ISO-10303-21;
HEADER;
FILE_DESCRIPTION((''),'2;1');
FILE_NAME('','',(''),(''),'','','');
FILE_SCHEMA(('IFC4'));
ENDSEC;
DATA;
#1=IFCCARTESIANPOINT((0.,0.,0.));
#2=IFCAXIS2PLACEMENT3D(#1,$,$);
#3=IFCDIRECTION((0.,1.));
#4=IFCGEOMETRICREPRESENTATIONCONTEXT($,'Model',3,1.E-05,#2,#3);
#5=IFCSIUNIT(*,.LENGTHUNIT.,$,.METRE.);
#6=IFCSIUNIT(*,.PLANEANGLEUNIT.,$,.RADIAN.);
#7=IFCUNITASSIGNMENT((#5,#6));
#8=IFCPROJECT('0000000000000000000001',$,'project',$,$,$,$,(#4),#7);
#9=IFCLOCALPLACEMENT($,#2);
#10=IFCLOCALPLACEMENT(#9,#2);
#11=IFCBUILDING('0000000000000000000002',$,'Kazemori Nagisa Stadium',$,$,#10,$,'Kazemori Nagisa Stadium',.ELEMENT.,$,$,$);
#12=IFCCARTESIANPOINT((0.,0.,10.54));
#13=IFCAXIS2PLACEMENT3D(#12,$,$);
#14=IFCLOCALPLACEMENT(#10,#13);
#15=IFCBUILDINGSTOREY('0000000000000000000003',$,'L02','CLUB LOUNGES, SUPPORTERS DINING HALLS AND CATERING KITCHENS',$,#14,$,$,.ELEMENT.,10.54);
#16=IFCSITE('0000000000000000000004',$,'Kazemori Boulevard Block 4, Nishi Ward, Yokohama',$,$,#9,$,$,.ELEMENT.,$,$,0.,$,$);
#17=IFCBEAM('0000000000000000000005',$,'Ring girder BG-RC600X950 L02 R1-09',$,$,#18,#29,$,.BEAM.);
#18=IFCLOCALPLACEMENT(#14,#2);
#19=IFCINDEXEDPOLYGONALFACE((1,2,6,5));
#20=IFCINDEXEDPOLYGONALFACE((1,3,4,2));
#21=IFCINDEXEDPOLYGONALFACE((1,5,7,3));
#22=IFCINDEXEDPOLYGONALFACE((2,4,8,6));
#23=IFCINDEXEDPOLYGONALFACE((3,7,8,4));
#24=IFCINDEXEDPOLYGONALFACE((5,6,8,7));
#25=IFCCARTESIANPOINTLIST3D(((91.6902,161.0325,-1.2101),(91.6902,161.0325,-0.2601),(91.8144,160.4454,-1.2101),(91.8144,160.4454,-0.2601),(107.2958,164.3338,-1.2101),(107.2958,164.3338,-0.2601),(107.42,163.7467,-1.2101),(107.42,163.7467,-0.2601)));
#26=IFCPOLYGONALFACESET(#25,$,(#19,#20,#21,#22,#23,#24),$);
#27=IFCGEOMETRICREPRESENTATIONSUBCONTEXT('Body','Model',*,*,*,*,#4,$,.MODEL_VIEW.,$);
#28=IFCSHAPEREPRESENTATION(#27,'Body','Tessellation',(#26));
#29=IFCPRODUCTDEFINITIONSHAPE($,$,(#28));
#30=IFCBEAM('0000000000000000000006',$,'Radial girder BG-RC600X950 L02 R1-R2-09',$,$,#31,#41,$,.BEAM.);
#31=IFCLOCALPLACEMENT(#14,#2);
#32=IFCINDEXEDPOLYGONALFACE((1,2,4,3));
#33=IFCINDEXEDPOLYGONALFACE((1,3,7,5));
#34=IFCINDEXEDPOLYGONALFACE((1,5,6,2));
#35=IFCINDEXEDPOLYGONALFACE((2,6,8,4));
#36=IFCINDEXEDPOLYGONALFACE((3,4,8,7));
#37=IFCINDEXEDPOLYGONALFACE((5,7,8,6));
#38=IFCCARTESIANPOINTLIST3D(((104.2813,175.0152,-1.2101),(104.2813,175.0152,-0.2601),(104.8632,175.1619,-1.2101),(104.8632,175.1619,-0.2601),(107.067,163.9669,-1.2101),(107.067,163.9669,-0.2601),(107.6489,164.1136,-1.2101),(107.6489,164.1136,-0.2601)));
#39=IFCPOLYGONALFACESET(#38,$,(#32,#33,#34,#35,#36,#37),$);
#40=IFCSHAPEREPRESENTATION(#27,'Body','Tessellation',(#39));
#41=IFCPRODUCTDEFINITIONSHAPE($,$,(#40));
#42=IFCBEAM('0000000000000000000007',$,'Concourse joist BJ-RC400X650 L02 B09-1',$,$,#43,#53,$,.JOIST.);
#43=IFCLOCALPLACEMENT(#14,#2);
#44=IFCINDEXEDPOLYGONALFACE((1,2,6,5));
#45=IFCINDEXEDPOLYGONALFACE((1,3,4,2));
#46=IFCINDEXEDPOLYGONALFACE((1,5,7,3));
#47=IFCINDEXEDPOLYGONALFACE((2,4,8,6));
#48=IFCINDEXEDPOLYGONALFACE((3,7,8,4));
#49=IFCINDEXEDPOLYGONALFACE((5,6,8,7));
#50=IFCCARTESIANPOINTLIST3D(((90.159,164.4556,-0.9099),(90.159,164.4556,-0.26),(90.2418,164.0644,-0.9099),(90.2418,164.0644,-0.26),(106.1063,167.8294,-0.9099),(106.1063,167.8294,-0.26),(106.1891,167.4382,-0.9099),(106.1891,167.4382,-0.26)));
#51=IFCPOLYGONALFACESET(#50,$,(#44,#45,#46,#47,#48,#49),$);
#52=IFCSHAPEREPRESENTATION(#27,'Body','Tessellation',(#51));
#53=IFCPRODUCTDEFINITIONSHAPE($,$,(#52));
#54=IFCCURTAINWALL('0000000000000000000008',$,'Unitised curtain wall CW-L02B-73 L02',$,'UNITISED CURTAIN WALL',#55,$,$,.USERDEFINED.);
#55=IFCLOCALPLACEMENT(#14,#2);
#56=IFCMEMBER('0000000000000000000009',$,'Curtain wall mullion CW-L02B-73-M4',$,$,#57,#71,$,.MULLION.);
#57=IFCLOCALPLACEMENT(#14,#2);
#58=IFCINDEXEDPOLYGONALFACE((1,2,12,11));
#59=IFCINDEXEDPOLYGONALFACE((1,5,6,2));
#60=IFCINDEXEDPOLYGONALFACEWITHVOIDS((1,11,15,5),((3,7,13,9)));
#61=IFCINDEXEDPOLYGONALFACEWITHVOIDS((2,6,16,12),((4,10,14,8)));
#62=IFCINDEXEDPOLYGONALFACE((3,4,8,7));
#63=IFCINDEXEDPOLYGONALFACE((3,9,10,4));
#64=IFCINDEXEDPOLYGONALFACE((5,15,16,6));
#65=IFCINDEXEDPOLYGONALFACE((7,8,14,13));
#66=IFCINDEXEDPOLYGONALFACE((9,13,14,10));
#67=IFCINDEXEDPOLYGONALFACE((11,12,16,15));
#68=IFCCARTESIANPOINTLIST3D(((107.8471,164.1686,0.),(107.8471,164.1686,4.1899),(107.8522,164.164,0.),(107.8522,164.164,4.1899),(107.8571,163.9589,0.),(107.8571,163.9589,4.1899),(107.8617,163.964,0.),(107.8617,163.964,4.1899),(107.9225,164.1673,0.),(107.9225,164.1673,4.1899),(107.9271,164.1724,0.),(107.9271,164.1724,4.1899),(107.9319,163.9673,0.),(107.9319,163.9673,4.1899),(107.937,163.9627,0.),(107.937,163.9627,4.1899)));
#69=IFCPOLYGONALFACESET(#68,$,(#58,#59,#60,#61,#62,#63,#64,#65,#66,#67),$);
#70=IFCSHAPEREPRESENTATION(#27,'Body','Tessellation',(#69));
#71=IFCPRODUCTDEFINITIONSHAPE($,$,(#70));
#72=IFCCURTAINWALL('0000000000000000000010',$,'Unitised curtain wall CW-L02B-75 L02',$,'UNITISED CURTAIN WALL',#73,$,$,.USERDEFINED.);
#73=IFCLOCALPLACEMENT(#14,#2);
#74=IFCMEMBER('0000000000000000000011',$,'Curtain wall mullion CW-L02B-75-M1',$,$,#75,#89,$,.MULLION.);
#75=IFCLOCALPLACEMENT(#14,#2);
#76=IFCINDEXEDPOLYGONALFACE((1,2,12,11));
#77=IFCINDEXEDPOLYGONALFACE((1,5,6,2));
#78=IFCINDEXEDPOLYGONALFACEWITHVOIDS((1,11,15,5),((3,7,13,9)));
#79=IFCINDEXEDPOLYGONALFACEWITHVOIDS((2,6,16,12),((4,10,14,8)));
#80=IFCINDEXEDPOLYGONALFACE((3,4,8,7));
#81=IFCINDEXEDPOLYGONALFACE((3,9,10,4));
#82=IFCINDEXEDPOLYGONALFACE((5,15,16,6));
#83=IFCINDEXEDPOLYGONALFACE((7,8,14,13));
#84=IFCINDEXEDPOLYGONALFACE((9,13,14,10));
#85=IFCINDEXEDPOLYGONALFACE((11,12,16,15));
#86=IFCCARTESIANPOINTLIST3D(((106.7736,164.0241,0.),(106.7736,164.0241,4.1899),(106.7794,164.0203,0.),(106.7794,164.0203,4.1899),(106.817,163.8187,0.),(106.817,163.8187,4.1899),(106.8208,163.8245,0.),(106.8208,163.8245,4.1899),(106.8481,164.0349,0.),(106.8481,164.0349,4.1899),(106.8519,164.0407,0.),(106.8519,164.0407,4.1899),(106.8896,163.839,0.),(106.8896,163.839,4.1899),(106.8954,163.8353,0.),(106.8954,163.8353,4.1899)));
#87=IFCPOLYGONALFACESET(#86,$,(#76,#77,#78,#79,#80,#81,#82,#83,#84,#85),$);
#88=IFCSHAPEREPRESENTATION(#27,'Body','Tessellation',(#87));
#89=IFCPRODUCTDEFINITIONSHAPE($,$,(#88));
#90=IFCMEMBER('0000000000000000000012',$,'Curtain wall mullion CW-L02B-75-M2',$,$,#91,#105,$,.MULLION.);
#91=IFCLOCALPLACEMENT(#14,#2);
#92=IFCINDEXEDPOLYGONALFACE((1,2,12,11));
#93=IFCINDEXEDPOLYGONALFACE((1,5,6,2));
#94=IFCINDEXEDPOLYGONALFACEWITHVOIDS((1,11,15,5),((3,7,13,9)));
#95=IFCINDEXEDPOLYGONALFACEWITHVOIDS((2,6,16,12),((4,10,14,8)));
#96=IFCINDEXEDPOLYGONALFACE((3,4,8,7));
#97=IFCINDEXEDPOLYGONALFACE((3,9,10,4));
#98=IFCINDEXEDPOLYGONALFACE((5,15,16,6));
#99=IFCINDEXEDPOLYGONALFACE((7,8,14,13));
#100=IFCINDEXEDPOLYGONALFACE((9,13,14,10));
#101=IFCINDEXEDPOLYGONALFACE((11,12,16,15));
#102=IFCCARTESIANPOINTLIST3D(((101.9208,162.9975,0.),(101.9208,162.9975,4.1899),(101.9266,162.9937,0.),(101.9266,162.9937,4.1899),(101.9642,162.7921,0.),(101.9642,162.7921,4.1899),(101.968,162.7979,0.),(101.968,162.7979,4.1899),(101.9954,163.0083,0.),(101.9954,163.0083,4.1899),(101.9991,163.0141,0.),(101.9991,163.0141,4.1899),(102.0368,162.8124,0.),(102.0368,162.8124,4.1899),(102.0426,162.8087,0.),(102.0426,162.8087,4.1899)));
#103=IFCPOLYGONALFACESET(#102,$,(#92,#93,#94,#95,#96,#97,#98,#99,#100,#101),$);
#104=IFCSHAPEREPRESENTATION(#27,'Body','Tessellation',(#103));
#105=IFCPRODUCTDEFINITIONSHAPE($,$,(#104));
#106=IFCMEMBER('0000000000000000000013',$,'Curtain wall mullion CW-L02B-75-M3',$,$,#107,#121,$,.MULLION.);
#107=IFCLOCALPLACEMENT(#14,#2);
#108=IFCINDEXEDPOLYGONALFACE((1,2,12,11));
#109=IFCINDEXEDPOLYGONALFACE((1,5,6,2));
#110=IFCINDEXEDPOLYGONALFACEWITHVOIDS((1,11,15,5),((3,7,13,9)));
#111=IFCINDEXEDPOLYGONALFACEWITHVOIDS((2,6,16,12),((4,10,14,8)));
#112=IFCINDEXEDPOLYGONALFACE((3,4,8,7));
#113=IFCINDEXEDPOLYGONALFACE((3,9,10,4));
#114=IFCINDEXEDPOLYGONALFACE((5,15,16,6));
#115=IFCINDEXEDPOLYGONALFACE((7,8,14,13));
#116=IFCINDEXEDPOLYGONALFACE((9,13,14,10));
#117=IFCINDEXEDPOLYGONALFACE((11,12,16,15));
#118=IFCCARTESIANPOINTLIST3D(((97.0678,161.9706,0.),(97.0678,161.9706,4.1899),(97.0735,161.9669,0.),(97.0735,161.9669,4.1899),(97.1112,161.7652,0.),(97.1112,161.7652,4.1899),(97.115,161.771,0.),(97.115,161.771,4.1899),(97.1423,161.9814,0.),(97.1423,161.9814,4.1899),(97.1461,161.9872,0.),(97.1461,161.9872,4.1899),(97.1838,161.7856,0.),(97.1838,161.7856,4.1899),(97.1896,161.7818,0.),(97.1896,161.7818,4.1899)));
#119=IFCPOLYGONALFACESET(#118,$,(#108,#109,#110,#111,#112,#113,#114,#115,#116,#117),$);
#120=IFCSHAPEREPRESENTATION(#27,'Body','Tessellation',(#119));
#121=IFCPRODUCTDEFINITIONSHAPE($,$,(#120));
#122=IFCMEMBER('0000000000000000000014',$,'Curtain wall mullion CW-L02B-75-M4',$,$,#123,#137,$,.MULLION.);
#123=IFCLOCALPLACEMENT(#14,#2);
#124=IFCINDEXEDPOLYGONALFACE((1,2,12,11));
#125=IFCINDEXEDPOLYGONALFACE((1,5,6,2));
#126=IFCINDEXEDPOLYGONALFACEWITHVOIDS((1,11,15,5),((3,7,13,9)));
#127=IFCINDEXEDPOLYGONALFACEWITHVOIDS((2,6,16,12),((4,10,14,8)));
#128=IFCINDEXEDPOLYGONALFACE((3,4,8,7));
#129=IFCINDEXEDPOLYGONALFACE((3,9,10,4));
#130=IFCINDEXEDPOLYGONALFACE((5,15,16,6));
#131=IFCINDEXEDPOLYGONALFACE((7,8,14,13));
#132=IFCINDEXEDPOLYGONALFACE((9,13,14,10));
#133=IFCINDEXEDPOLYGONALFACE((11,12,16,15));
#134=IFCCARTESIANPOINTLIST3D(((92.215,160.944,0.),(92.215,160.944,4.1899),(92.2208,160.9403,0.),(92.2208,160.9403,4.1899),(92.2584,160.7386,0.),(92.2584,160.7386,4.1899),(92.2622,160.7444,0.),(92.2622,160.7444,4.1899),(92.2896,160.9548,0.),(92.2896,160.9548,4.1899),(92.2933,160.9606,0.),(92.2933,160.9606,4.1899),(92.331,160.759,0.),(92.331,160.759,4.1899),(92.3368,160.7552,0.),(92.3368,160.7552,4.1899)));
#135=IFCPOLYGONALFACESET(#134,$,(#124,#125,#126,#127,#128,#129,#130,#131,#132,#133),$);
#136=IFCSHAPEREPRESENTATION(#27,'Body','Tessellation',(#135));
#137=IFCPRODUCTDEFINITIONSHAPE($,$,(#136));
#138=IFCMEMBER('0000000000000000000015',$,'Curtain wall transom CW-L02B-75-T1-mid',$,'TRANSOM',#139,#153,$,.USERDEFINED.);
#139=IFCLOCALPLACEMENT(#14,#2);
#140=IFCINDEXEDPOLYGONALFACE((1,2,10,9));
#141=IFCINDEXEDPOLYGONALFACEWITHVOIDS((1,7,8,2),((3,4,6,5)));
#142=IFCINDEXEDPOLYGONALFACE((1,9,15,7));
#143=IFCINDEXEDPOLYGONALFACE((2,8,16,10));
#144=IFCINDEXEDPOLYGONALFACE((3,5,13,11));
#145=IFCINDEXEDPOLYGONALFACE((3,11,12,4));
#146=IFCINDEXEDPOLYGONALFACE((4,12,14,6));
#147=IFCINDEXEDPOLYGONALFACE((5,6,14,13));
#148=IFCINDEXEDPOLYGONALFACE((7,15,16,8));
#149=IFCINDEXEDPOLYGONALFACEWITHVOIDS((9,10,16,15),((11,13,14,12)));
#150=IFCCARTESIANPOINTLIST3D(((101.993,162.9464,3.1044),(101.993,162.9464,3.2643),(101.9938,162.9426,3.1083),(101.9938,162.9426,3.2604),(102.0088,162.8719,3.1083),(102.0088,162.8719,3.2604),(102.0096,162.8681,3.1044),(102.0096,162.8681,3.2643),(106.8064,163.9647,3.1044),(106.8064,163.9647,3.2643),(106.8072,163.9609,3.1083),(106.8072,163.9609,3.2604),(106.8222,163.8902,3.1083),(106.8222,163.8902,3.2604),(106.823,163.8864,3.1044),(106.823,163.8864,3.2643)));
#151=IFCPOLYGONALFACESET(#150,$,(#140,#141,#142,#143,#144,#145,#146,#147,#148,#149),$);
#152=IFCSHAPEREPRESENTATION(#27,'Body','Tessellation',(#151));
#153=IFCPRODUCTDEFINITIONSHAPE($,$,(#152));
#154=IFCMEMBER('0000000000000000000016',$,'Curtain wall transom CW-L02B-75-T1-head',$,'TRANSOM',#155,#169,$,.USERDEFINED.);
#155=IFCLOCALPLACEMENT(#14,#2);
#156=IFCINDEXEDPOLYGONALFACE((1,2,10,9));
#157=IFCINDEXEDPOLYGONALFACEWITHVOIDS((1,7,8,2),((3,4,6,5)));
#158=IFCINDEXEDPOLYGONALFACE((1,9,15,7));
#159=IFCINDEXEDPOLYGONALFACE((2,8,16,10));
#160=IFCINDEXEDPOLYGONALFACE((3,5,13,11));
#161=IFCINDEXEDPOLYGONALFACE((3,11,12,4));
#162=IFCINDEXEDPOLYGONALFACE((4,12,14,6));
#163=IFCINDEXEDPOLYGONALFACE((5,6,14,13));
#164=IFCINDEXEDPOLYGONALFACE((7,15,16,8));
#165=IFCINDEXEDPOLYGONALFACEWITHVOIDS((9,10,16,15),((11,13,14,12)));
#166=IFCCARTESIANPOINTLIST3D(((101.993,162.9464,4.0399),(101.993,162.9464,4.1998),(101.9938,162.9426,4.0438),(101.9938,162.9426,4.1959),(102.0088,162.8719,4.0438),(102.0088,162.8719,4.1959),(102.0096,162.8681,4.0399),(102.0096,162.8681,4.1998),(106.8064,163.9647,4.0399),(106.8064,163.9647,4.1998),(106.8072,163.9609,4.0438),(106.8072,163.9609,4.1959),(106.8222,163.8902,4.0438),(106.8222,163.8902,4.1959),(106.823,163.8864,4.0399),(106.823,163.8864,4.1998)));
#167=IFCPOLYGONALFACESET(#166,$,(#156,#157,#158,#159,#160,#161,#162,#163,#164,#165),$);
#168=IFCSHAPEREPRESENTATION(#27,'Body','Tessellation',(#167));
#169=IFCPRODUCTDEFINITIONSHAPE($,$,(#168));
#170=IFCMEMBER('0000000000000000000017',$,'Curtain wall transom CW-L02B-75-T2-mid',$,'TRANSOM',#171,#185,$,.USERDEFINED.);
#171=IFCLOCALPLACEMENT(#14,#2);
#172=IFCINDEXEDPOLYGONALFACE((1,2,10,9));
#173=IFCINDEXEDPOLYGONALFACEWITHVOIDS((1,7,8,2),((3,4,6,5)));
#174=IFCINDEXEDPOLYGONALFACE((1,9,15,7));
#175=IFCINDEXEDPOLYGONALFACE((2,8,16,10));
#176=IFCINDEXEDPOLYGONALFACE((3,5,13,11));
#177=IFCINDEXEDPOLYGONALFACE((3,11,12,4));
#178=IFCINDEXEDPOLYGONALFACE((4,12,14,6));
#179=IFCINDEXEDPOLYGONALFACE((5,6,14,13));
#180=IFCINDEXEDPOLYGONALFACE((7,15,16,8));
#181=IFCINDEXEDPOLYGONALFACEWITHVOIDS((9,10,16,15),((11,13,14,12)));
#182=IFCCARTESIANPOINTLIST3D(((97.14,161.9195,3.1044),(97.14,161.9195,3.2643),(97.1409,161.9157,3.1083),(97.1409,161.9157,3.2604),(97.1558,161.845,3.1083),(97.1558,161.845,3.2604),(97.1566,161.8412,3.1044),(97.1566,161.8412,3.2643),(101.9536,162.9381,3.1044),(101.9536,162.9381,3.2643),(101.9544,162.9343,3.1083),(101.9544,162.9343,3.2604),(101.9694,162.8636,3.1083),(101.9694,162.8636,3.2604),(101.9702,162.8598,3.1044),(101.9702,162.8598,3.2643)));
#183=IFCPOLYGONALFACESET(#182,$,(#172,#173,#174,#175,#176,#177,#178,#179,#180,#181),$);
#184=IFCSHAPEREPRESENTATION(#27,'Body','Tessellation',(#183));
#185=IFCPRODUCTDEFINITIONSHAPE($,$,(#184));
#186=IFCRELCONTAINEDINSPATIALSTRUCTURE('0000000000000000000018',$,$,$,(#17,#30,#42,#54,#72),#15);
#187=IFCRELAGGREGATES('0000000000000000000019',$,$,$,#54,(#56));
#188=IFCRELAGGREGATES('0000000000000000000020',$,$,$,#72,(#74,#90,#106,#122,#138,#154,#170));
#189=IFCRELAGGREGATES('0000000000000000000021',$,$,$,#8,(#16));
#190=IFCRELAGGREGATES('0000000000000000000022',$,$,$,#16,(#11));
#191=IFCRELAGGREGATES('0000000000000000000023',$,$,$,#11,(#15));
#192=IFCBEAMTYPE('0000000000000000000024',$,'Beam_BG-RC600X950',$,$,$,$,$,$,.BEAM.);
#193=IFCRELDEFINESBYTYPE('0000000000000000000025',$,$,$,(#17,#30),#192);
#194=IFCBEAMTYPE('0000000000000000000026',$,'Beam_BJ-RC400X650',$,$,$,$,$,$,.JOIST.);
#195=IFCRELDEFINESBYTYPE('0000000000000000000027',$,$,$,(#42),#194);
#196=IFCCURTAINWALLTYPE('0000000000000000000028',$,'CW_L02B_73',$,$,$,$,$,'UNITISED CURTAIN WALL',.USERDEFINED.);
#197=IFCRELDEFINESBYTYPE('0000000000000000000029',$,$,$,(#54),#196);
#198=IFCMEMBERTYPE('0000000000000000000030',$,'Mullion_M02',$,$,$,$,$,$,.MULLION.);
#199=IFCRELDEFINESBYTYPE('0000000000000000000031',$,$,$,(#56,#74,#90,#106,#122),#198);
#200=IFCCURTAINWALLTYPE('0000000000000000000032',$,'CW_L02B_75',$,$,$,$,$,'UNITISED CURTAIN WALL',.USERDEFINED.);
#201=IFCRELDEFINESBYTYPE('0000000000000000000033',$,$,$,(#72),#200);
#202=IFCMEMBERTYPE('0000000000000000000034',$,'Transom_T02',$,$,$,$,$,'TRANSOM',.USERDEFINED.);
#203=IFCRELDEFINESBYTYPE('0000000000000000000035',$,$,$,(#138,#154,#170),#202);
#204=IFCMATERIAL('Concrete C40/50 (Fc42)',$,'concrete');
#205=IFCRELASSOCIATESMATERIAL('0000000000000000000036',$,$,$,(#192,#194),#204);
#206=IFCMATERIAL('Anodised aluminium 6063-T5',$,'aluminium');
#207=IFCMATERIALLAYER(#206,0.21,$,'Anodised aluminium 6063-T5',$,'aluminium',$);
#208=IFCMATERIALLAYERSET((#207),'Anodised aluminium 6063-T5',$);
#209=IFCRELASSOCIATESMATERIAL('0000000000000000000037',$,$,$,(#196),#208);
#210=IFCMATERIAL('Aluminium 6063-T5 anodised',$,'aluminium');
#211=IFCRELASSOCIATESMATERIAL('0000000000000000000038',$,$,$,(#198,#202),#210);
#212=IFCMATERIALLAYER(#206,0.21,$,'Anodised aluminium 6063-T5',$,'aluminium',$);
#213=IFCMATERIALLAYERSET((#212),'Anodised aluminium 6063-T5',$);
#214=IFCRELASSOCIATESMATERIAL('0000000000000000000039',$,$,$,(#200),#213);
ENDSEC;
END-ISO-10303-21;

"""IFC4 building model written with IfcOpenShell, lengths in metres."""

from ifc_helpers import new_model, si_unit, direction, frame, origin, origin_2d, place, context, subcontext, project, spatial, rectangle, hollow_rectangle, extrude, material, layer, layer_set, material_profile, profile_set, type_object, element, aggregate, save


model = new_model("IFC4")

# Units and contexts
model_context = context("Model", 3, precision=1e-05, world=origin(), true_north=direction((0.0, 1.0)))
body_context = subcontext(model_context, "Body", "Model", "MODEL_VIEW")
ifc_project = project(units=[si_unit("LENGTHUNIT", "METRE"), si_unit("PLANEANGLEUNIT", "RADIAN")], contexts=[model_context])

# Site, building, storey
site_placement = place(None, origin())
site = spatial("IfcSite", under=ifc_project, at=site_placement, Name="Kazemori Boulevard Block 4, Nishi Ward, Yokohama", CompositionType="ELEMENT", RefElevation=0.0)
building_placement = place(site_placement, origin())
building = spatial("IfcBuilding", under=site, at=building_placement, Name="Kazemori Nagisa Stadium", LongName="Kazemori Nagisa Stadium", CompositionType="ELEMENT")
storey_placement = place(building_placement, frame((0.0, 0.0, 10.54)))
storey = spatial("IfcBuildingStorey", under=building, at=storey_placement, Name="L02", Description="CLUB LOUNGES, SUPPORTERS DINING HALLS AND CATERING KITCHENS", CompositionType="ELEMENT", Elevation=10.54)

# Shared definitions
ifc_material_1 = material(Name="Concrete C40/50 (Fc42)", Category="concrete")

# Beams
ifc_material_profile_1 = material_profile(ifc_material_1, rectangle(XDim=0.6001, YDim=0.95, at=origin_2d()), Name="RC-BM-600x950")
ifc_profile_set_1 = profile_set([ifc_material_profile_1], Name="Concrete C40/50 (Fc42)")
beam_type_1 = type_object("IfcBeamType", Name="Beam_BG-RC600X950", PredefinedType="BEAM", material=ifc_profile_set_1)
beam_1_placement = place(storey_placement, frame((107.3579, 164.0403, -0.7351), z_axis=(-0.978348, -0.206965, 0.0), x_axis=(0.206965, -0.978348, 0.0)))
element("IfcBeam", 1, at=beam_1_placement, inside=storey, type_object=beam_type_1, Name="Ring girder BG-RC600X950 L02 R1-09", PredefinedType="BEAM", context=body_context, shape_type="SweptSolid", body=[
    extrude(rectangle(XDim=0.6001, YDim=0.95, at=origin_2d()), origin(), (0.0, 0.0, 1.0), 15.9509),
])
beam_2_placement = place(storey_placement, frame((107.3579, 164.0403, -0.7351), z_axis=(-0.244481, 0.969654, 0.0), x_axis=(-0.969654, -0.244481, 0.0)))
element("IfcBeam", 2, at=beam_2_placement, inside=storey, type_object=beam_type_1, Name="Radial girder BG-RC600X950 L02 R1-R2-09", PredefinedType="BEAM", context=body_context, shape_type="SweptSolid", body=[
    extrude(rectangle(XDim=0.6001, YDim=0.95, at=origin_2d()), origin(), (0.0, 0.0, 1.0), 11.394),
])
ifc_material_profile_2 = material_profile(ifc_material_1, rectangle(XDim=0.3999, YDim=0.6499, at=origin_2d()), Name="RC-BM-400x650")
ifc_profile_set_2 = profile_set([ifc_material_profile_2], Name="Concrete C40/50 (Fc42)")
beam_type_2 = type_object("IfcBeamType", Name="Beam_BJ-RC400X650", PredefinedType="JOIST", material=ifc_profile_set_2)
beam_3_placement = place(storey_placement, frame((106.1477, 167.6338, -0.585), z_axis=(-0.978346, -0.206977, 0.0), x_axis=(0.206977, -0.978346, 0.0)))
element("IfcBeam", 3, at=beam_3_placement, inside=storey, type_object=beam_type_2, Name="Concourse joist BJ-RC400X650 L02 B09-1", PredefinedType="JOIST", context=body_context, shape_type="SweptSolid", body=[
    extrude(rectangle(XDim=0.3999, YDim=0.6499, at=origin_2d()), origin(), (0.0, 0.0, 1.0), 16.3003),
])

# Curtain wall, member
ifc_material_2 = material(Name="Anodised aluminium 6063-T5", Category="aluminium")
ifc_layer_1 = layer(ifc_material_2, 0.21, Name="Anodised aluminium 6063-T5", Category="aluminium")
ifc_layer_set_1 = layer_set([ifc_layer_1], Name="Anodised aluminium 6063-T5")
curtain_wall_type_1 = type_object("IfcCurtainWallType", Name="CW_L02B_73", ElementType="UNITISED CURTAIN WALL", PredefinedType="USERDEFINED", material=ifc_layer_set_1)
curtain_wall_1_placement = place(storey_placement, origin())
curtain_wall_1 = element("IfcCurtainWall", 4, at=curtain_wall_1_placement, inside=storey, type_object=curtain_wall_type_1, Name="Unitised curtain wall CW-L02B-73 L02", ObjectType="UNITISED CURTAIN WALL", PredefinedType="USERDEFINED")
ifc_material_3 = material(Name="Aluminium 6063-T5 anodised", Category="aluminium")
ifc_material_profile_3 = material_profile(ifc_material_3, hollow_rectangle(XDim=0.0801, YDim=0.21, WallThickness=0.0049, at=origin_2d()), Name="ALU-MULL-80x210x5")
ifc_profile_set_3 = profile_set([ifc_material_profile_3], Name="Aluminium 6063-T5 anodised")
member_type_1 = type_object("IfcMemberType", Name="Mullion_M02", PredefinedType="MULLION", material=ifc_profile_set_3)
member_1_placement = place(storey_placement, frame((107.8921, 164.0657, 0.0), z_axis=(0.0, 0.0, 1.0), x_axis=(-0.998884, -0.04723, 0.0)))
member_1 = element("IfcMember", 5, at=member_1_placement, type_object=member_type_1, Name="Curtain wall mullion CW-L02B-73-M4", PredefinedType="MULLION", context=body_context, shape_type="SweptSolid", body=[
    extrude(hollow_rectangle(XDim=0.0801, YDim=0.21, WallThickness=0.0049, at=origin_2d()), origin(), (0.0, 0.0, 1.0), 4.1899),
])

# Curtain wall, members
ifc_layer_2 = layer(ifc_material_2, 0.21, Name="Anodised aluminium 6063-T5", Category="aluminium")
ifc_layer_set_2 = layer_set([ifc_layer_2], Name="Anodised aluminium 6063-T5")
curtain_wall_type_2 = type_object("IfcCurtainWallType", Name="CW_L02B_75", ElementType="UNITISED CURTAIN WALL", PredefinedType="USERDEFINED", material=ifc_layer_set_2)
curtain_wall_2_placement = place(storey_placement, origin())
curtain_wall_2 = element("IfcCurtainWall", 6, at=curtain_wall_2_placement, inside=storey, type_object=curtain_wall_type_2, Name="Unitised curtain wall CW-L02B-75 L02", ObjectType="UNITISED CURTAIN WALL", PredefinedType="USERDEFINED")
member_2_placement = place(storey_placement, frame((106.8345, 163.9297, 0.0), z_axis=(0.0, 0.0, 1.0), x_axis=(-0.978345, -0.206981, 0.0)))
member_2 = element("IfcMember", 7, at=member_2_placement, type_object=member_type_1, Name="Curtain wall mullion CW-L02B-75-M1", PredefinedType="MULLION", context=body_context, shape_type="SweptSolid", body=[
    extrude(hollow_rectangle(XDim=0.0801, YDim=0.21, WallThickness=0.0049, at=origin_2d()), origin(), (0.0, 0.0, 1.0), 4.1899),
])
member_3_placement = place(storey_placement, frame((101.9817, 162.9031, 0.0), z_axis=(0.0, 0.0, 1.0), x_axis=(-0.978345, -0.206981, 0.0)))
member_3 = element("IfcMember", 8, at=member_3_placement, type_object=member_type_1, Name="Curtain wall mullion CW-L02B-75-M2", PredefinedType="MULLION", context=body_context, shape_type="SweptSolid", body=[
    extrude(hollow_rectangle(XDim=0.0801, YDim=0.21, WallThickness=0.0049, at=origin_2d()), origin(), (0.0, 0.0, 1.0), 4.1899),
])
member_4_placement = place(storey_placement, frame((97.1287, 161.8762, 0.0), z_axis=(0.0, 0.0, 1.0), x_axis=(-0.978345, -0.206981, 0.0)))
member_4 = element("IfcMember", 9, at=member_4_placement, type_object=member_type_1, Name="Curtain wall mullion CW-L02B-75-M3", PredefinedType="MULLION", context=body_context, shape_type="SweptSolid", body=[
    extrude(hollow_rectangle(XDim=0.0801, YDim=0.21, WallThickness=0.0049, at=origin_2d()), origin(), (0.0, 0.0, 1.0), 4.1899),
])
member_5_placement = place(storey_placement, frame((92.2759, 160.8496, 0.0), z_axis=(0.0, 0.0, 1.0), x_axis=(-0.978345, -0.206981, 0.0)))
member_5 = element("IfcMember", 10, at=member_5_placement, type_object=member_type_1, Name="Curtain wall mullion CW-L02B-75-M4", PredefinedType="MULLION", context=body_context, shape_type="SweptSolid", body=[
    extrude(hollow_rectangle(XDim=0.0801, YDim=0.21, WallThickness=0.0049, at=origin_2d()), origin(), (0.0, 0.0, 1.0), 4.1899),
])
ifc_material_profile_4 = material_profile(ifc_material_3, hollow_rectangle(XDim=0.0801, YDim=0.1599, WallThickness=0.0039, at=origin_2d()), Name="ALU-TRAN-80x160x4")
ifc_profile_set_4 = profile_set([ifc_material_profile_4], Name="Aluminium 6063-T5 anodised")
member_type_2 = type_object("IfcMemberType", Name="Transom_T02", ElementType="TRANSOM", PredefinedType="USERDEFINED", material=ifc_profile_set_4)
member_6_placement = place(storey_placement, frame((106.8147, 163.9255, 3.1843), z_axis=(-0.978347, -0.206973, 0.0), x_axis=(0.206973, -0.978347, 0.0)))
member_6 = element("IfcMember", 11, at=member_6_placement, type_object=member_type_2, Name="Curtain wall transom CW-L02B-75-T1-mid", ObjectType="TRANSOM", PredefinedType="USERDEFINED", context=body_context, shape_type="SweptSolid", body=[
    extrude(hollow_rectangle(XDim=0.0801, YDim=0.1599, WallThickness=0.0039, at=origin_2d()), origin(), (0.0, 0.0, 1.0), 4.9199),
])
member_7_placement = place(storey_placement, frame((106.8147, 163.9255, 4.1199), z_axis=(-0.978347, -0.206973, 0.0), x_axis=(0.206973, -0.978347, 0.0)))
member_7 = element("IfcMember", 12, at=member_7_placement, type_object=member_type_2, Name="Curtain wall transom CW-L02B-75-T1-head", ObjectType="TRANSOM", PredefinedType="USERDEFINED", context=body_context, shape_type="SweptSolid", body=[
    extrude(hollow_rectangle(XDim=0.0801, YDim=0.1599, WallThickness=0.0039, at=origin_2d()), origin(), (0.0, 0.0, 1.0), 4.9199),
])
member_8_placement = place(storey_placement, frame((101.9619, 162.8989, 3.1843), z_axis=(-0.978337, -0.207021, 0.0), x_axis=(0.207021, -0.978337, 0.0)))
member_8 = element("IfcMember", 13, at=member_8_placement, type_object=member_type_2, Name="Curtain wall transom CW-L02B-75-T2-mid", ObjectType="TRANSOM", PredefinedType="USERDEFINED", context=body_context, shape_type="SweptSolid", body=[
    extrude(hollow_rectangle(XDim=0.0801, YDim=0.1599, WallThickness=0.0039, at=origin_2d()), origin(), (0.0, 0.0, 1.0), 4.9202),
])

aggregate(curtain_wall_1, [member_1])
aggregate(curtain_wall_2, [member_2, member_3, member_4, member_5, member_6, member_7, member_8])

save(model, "model.ifc")
